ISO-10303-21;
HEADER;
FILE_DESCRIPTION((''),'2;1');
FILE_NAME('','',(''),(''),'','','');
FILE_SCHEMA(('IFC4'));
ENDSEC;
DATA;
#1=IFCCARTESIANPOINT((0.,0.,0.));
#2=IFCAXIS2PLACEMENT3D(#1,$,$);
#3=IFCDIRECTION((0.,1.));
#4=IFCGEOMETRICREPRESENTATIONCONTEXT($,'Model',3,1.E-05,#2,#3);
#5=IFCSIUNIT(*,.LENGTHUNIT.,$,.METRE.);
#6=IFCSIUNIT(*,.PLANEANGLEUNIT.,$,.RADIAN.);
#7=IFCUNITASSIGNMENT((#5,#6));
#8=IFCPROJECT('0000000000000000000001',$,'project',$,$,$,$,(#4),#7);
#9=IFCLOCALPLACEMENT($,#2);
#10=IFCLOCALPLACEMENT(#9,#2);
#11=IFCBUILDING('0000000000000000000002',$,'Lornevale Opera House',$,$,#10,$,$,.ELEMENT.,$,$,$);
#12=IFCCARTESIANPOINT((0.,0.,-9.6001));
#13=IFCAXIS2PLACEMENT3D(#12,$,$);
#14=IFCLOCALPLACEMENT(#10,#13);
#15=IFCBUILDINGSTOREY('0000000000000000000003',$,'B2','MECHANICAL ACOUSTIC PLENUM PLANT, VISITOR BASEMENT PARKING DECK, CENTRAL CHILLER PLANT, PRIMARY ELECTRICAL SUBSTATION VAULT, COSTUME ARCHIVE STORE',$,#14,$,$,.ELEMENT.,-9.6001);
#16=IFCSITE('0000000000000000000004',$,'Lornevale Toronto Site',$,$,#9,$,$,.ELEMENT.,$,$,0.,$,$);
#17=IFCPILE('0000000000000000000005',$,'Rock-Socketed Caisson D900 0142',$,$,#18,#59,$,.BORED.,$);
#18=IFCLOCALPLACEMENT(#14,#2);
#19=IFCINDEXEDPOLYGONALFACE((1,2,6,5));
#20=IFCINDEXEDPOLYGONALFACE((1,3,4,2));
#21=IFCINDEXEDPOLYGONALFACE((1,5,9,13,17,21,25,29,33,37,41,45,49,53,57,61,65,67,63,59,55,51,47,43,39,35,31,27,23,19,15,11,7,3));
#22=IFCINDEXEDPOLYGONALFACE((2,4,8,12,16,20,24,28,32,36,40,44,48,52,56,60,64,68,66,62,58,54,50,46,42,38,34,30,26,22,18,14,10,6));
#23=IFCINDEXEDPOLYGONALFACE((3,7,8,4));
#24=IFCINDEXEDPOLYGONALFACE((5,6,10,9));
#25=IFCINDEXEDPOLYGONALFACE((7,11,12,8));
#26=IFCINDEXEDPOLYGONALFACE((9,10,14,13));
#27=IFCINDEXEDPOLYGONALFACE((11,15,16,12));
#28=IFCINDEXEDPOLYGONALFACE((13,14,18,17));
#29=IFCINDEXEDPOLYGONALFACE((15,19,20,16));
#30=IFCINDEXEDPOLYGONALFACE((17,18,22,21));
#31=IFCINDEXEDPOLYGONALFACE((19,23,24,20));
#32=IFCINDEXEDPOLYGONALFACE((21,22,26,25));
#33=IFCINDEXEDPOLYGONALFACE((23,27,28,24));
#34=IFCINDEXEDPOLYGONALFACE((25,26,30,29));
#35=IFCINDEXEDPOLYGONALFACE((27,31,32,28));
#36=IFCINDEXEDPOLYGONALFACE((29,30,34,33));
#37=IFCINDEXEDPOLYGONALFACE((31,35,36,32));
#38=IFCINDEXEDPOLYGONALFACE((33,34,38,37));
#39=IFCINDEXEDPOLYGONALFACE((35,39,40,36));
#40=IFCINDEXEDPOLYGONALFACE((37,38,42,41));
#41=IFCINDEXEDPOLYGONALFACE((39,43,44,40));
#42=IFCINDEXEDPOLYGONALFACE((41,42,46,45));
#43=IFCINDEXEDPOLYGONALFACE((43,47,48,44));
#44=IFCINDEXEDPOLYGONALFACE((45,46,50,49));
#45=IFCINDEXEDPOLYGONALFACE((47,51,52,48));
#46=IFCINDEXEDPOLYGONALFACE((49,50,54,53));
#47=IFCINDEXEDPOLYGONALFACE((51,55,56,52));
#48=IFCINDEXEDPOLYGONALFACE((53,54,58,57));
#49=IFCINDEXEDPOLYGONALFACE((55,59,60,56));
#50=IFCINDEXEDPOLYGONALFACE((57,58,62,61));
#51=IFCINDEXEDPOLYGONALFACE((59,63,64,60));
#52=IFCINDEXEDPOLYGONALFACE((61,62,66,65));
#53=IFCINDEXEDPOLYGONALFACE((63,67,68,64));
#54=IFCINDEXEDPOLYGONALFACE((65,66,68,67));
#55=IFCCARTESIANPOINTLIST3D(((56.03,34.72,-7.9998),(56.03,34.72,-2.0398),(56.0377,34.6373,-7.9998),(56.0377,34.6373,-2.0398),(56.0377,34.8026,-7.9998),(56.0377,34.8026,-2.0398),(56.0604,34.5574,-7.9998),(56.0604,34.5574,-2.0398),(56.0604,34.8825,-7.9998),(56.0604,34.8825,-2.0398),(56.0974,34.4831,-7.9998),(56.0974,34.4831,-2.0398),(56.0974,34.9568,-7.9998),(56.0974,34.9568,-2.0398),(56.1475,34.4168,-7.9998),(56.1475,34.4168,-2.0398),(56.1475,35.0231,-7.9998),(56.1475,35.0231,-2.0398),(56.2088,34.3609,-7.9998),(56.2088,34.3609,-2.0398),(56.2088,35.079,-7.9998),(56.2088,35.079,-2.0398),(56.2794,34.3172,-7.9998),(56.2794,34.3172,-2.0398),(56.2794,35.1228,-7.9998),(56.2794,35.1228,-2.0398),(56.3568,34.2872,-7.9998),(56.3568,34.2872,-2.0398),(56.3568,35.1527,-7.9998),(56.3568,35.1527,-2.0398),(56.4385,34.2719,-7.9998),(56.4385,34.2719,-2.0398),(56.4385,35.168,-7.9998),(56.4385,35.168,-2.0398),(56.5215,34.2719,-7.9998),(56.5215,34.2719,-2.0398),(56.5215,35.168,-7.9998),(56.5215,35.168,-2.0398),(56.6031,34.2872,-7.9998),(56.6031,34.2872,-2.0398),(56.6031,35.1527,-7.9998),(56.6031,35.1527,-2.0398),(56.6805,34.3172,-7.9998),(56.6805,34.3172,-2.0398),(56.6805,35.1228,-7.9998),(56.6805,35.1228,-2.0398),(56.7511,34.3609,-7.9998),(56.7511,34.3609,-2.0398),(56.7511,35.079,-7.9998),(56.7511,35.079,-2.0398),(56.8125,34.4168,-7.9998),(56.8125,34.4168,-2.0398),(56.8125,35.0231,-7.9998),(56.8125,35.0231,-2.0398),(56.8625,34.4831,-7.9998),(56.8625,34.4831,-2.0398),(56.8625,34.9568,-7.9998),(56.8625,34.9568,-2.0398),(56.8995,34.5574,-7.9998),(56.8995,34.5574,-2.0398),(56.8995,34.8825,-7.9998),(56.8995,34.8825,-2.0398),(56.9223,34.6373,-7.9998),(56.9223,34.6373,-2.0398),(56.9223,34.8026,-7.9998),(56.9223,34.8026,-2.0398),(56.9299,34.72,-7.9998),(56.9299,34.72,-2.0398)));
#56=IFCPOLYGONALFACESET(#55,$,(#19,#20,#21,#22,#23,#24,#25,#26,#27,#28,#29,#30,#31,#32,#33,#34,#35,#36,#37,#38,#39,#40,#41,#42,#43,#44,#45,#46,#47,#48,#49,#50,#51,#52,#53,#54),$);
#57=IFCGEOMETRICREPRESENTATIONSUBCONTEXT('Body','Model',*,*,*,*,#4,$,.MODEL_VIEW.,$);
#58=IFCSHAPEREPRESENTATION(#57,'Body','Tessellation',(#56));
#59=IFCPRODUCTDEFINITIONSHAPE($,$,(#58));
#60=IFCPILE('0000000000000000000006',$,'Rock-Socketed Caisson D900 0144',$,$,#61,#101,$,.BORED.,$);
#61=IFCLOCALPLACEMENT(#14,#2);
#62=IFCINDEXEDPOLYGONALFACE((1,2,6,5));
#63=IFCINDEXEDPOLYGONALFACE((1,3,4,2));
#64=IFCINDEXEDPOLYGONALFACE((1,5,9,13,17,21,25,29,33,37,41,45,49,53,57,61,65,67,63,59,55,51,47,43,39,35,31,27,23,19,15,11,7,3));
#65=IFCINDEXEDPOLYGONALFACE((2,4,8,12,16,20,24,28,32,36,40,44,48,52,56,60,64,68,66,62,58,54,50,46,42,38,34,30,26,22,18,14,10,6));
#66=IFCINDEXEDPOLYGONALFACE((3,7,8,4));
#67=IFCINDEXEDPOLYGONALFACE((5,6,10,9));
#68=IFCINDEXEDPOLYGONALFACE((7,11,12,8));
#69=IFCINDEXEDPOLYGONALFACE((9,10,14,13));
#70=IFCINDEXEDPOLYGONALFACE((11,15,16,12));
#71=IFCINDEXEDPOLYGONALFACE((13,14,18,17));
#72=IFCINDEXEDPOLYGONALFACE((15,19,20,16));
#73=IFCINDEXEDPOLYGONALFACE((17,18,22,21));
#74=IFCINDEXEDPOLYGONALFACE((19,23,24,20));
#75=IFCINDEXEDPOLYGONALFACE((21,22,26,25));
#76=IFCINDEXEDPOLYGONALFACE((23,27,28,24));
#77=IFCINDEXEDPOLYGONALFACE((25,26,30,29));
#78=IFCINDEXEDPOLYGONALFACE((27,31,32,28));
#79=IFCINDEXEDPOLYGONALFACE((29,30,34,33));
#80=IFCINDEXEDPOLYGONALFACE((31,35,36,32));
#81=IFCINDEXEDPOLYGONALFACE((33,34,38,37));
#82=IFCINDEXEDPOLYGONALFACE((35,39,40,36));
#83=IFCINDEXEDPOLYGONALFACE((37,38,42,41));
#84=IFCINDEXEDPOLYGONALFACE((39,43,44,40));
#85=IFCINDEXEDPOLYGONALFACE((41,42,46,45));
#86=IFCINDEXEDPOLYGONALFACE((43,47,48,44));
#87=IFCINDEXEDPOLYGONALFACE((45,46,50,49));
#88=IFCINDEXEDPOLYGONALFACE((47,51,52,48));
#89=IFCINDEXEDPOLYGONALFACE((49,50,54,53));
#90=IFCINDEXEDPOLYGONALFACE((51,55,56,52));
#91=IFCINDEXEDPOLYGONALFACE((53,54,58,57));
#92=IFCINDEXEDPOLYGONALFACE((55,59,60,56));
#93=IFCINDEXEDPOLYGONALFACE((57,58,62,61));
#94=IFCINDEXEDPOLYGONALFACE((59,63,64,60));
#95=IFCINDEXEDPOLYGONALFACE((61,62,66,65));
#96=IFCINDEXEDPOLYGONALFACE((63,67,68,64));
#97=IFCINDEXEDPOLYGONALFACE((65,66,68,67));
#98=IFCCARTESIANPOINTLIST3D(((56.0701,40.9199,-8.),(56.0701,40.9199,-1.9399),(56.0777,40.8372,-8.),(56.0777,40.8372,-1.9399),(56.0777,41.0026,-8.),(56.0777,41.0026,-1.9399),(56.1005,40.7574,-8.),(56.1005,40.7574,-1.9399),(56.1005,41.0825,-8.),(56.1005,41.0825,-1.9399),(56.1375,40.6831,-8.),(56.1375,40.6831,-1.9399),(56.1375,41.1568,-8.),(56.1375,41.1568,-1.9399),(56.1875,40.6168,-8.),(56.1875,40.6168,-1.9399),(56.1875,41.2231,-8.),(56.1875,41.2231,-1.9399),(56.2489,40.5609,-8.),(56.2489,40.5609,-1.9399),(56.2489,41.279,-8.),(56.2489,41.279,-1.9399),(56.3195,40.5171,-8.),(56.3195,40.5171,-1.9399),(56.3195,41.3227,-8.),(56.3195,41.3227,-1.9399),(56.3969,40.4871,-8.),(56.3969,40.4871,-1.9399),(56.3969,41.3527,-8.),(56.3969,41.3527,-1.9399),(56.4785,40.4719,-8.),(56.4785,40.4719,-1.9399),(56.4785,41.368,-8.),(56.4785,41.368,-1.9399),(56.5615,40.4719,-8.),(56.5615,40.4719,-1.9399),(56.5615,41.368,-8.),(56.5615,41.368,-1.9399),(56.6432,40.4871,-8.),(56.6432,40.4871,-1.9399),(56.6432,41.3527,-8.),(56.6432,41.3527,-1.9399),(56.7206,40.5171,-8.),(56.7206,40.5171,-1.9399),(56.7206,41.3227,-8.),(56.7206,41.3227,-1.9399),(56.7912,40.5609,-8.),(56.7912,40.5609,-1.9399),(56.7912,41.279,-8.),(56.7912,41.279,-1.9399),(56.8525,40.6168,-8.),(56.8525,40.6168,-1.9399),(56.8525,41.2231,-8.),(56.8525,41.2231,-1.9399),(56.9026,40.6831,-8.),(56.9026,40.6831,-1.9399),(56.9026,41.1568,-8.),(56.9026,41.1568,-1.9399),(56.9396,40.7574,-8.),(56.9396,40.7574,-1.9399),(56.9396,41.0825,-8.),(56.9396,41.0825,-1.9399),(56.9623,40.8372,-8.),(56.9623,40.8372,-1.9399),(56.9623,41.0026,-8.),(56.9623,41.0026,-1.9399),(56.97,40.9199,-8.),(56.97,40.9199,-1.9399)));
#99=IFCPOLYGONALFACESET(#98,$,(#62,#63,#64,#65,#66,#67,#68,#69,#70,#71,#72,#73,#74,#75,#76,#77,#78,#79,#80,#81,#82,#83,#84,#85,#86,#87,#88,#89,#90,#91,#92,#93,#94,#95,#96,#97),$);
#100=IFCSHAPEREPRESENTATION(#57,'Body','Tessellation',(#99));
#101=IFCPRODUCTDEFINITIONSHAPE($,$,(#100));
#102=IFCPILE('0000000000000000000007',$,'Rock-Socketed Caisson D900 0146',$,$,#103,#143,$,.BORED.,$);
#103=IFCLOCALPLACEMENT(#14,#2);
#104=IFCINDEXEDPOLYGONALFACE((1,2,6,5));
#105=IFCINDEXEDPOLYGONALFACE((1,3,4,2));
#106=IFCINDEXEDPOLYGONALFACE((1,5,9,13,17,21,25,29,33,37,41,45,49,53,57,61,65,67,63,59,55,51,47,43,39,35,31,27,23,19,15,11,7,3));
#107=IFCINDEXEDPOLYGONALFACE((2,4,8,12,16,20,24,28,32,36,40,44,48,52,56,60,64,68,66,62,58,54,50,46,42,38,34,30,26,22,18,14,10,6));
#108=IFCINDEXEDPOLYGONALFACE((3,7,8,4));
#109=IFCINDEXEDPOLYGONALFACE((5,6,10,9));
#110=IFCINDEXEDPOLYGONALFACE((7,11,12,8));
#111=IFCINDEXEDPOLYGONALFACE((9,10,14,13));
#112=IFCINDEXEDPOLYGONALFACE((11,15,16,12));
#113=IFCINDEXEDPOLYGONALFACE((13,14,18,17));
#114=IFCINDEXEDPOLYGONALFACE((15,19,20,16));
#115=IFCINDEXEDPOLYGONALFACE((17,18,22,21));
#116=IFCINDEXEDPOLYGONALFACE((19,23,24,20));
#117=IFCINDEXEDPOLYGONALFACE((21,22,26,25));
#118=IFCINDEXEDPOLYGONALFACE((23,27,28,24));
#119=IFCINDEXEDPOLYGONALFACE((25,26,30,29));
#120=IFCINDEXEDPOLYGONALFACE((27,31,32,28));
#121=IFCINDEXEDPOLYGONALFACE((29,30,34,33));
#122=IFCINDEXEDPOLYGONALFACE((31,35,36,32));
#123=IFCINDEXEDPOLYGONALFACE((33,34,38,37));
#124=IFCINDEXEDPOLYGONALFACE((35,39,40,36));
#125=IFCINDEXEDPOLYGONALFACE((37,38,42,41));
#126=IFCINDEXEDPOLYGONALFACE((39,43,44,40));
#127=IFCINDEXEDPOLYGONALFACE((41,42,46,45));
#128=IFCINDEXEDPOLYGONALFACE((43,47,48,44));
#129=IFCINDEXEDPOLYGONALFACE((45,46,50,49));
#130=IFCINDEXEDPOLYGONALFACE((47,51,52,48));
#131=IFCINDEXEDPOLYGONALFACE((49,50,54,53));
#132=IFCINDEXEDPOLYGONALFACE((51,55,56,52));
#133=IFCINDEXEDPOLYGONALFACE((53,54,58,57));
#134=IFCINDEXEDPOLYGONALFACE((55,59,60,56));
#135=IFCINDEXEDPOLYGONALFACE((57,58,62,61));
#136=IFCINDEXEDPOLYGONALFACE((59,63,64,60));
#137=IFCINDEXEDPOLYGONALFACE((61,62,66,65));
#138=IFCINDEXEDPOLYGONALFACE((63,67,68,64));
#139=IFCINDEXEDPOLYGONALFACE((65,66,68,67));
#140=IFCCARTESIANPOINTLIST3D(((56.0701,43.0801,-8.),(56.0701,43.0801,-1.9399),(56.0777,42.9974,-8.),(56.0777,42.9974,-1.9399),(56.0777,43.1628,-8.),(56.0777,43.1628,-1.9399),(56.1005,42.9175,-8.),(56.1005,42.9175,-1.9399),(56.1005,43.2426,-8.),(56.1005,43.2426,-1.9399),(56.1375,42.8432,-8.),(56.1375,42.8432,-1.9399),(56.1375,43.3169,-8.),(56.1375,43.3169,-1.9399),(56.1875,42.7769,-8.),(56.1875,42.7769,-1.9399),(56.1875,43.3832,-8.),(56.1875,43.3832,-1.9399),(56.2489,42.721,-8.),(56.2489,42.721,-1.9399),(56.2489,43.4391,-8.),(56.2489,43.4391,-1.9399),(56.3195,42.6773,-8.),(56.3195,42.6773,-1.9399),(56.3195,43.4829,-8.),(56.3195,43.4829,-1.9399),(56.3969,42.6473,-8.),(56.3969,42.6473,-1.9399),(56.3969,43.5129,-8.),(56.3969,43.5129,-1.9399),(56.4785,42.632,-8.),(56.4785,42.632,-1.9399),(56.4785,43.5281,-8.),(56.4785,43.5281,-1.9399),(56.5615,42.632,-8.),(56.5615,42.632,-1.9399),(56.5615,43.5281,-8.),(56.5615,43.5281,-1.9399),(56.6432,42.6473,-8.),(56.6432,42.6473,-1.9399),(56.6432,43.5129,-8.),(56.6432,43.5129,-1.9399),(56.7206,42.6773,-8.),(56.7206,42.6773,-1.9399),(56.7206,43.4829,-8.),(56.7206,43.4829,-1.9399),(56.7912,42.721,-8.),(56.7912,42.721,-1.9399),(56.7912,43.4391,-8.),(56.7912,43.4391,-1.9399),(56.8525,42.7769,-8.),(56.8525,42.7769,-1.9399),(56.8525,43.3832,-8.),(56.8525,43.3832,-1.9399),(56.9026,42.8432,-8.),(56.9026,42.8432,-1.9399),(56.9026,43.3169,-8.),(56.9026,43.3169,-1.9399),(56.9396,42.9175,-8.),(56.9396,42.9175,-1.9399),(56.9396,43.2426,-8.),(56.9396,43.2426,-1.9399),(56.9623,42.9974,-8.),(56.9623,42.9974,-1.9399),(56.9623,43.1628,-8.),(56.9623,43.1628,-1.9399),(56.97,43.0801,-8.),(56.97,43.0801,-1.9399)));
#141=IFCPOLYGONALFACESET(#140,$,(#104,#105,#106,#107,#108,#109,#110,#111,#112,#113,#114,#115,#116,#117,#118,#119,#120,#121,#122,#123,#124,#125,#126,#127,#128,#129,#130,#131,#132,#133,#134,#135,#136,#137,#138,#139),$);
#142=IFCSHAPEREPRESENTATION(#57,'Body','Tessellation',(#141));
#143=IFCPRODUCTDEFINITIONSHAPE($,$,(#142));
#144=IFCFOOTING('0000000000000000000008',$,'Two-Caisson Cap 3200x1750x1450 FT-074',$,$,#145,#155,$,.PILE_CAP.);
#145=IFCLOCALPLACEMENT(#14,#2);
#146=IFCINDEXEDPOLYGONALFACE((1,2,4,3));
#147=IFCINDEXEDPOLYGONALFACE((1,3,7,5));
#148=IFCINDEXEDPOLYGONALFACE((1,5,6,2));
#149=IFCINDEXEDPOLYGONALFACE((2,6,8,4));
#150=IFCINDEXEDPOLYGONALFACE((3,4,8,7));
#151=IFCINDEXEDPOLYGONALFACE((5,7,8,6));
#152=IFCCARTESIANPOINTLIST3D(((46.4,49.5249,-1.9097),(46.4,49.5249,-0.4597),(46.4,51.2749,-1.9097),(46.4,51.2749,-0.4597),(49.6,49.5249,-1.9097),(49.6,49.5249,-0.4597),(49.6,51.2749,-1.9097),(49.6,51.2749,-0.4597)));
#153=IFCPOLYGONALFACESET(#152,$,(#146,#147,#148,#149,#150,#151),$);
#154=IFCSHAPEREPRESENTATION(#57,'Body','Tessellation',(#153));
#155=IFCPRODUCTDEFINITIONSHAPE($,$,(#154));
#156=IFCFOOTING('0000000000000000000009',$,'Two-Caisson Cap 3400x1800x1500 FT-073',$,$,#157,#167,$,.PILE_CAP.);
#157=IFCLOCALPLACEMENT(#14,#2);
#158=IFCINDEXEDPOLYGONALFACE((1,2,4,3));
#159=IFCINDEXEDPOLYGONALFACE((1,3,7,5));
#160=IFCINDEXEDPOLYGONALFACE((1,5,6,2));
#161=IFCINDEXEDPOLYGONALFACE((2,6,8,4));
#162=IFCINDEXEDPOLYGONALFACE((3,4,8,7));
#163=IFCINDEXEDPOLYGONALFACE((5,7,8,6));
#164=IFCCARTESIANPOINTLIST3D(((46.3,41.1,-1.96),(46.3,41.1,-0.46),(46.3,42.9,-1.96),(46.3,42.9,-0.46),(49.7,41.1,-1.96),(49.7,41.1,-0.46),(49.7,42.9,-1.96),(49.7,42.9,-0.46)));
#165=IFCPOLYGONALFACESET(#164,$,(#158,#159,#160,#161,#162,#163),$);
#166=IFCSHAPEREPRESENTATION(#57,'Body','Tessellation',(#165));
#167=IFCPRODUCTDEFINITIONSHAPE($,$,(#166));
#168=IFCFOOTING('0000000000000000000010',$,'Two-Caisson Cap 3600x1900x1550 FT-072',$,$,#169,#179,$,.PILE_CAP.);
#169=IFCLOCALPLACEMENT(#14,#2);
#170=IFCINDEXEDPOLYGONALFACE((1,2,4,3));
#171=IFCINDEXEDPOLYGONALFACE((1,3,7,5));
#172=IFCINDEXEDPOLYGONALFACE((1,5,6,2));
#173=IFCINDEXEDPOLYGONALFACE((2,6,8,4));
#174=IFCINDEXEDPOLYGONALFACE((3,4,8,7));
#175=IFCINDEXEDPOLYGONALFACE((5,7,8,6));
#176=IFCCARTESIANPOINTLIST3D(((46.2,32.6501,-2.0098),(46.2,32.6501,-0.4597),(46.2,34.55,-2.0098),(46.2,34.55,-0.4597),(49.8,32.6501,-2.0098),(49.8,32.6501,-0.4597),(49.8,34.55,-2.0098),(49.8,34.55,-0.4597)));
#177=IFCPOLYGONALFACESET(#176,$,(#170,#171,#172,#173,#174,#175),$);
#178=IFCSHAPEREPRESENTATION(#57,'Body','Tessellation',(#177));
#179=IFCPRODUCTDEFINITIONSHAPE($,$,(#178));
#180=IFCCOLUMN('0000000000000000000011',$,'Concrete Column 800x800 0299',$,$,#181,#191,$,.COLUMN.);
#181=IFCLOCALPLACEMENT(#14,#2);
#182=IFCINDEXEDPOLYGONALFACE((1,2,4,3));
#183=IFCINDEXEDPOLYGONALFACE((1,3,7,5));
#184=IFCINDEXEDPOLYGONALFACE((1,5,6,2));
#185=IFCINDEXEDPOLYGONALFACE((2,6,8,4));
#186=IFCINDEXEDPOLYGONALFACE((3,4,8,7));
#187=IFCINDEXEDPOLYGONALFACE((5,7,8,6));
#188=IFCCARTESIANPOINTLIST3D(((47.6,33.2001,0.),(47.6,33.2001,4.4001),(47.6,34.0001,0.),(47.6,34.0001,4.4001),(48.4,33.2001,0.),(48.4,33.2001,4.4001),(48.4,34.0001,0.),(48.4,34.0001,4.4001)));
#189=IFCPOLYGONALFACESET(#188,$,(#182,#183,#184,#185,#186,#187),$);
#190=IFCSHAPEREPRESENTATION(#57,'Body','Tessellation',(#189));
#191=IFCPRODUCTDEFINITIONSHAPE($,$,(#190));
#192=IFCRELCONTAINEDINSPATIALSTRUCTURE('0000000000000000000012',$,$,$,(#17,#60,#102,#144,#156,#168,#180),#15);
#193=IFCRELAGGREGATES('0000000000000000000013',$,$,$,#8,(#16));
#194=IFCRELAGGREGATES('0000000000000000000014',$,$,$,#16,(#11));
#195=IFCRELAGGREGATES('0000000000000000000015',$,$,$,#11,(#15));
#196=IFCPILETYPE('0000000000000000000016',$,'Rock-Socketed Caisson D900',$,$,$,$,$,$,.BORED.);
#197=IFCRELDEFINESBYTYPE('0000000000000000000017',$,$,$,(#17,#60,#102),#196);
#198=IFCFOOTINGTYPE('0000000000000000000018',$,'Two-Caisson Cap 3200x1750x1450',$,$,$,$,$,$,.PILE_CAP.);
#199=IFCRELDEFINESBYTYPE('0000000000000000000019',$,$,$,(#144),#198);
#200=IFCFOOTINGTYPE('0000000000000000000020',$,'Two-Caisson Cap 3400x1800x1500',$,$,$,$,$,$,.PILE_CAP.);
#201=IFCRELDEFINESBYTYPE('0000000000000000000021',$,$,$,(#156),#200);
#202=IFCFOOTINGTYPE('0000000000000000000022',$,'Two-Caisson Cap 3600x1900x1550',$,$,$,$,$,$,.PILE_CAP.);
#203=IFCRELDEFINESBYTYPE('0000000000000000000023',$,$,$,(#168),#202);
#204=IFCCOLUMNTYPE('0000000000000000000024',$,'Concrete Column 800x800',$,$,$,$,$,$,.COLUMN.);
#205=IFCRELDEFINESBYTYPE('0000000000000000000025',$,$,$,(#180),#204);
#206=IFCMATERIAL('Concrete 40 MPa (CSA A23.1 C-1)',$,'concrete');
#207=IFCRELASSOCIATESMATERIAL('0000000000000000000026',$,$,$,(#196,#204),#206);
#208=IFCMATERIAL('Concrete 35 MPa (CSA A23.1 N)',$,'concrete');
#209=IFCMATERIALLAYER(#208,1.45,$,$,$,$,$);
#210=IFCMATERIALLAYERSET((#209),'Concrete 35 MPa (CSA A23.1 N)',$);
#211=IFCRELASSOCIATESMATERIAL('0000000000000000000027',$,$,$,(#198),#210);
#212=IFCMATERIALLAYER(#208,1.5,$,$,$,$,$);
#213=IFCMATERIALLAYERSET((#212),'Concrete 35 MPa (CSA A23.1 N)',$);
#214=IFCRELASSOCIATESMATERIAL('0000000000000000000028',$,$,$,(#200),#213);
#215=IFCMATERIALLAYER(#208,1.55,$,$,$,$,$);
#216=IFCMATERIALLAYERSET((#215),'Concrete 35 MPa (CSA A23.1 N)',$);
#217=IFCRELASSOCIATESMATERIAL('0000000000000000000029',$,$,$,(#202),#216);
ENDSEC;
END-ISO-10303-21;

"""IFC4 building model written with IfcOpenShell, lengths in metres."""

from ifc_helpers import new_model, si_unit, direction, frame, origin, origin_2d, place, context, subcontext, project, spatial, rectangle, circle, extrude, material, layer, layer_set, material_profile, profile_set, type_object, element, save


model = new_model("IFC4")

# Units and contexts
model_context = context("Model", 3, precision=1e-05, world=origin(), true_north=direction((0.0, 1.0)))
body_context = subcontext(model_context, "Body", "Model", "MODEL_VIEW")
ifc_project = project(units=[si_unit("LENGTHUNIT", "METRE"), si_unit("PLANEANGLEUNIT", "RADIAN")], contexts=[model_context])

# Site, building, storey
site_placement = place(None, origin())
site = spatial("IfcSite", under=ifc_project, at=site_placement, Name="Lornevale Toronto Site", CompositionType="ELEMENT", RefElevation=0.0)
building_placement = place(site_placement, origin())
building = spatial("IfcBuilding", under=site, at=building_placement, Name="Lornevale Opera House", CompositionType="ELEMENT")
storey_placement = place(building_placement, frame((0.0, 0.0, -9.6001)))
storey = spatial("IfcBuildingStorey", under=building, at=storey_placement, Name="B2", Description="MECHANICAL ACOUSTIC PLENUM PLANT, VISITOR BASEMENT PARKING DECK, CENTRAL CHILLER PLANT, PRIMARY ELECTRICAL SUBSTATION VAULT, COSTUME ARCHIVE STORE", CompositionType="ELEMENT", Elevation=-9.6001)

# Shared definitions
ifc_material_1 = material(Name="Concrete 35 MPa (CSA A23.1 N)", Category="concrete")

# Piles
ifc_material_2 = material(Name="Concrete 40 MPa (CSA A23.1 C-1)", Category="concrete")
ifc_material_profile_1 = material_profile(ifc_material_2, circle(Radius=0.45, at=origin_2d()), Name="CAIS900")
ifc_profile_set_1 = profile_set([ifc_material_profile_1], Name="Concrete 40 MPa (CSA A23.1 C-1)")
pile_type_1 = type_object("IfcPileType", Name="Rock-Socketed Caisson D900", PredefinedType="BORED", material=ifc_profile_set_1)
for number, where, z_axis, x_axis, name in (
    (1, (56.48, 34.72, -2.0398), (0.0, 0.0, -1.0), (1.0, 0.0, 0.0), "Rock-Socketed Caisson D900 0142"),
):
    element("IfcPile", number, at=place(storey_placement, frame(where, z_axis=z_axis, x_axis=x_axis)), inside=storey, type_object=pile_type_1, Name=name, PredefinedType="BORED", context=body_context, shape_type="SweptSolid", body=[
        extrude(circle(Radius=0.45, at=origin_2d()), origin(), (0.0, 0.0, 1.0), 5.96),
    ])
for number, where, z_axis, x_axis, name in (
    (2, (56.52, 40.9199, -1.9399), (0.0, 0.0, -1.0), (1.0, 0.0, 0.0), "Rock-Socketed Caisson D900 0144"),
    (3, (56.52, 43.0801, -1.9399), (0.0, 0.0, -1.0), (1.0, 0.0, 0.0), "Rock-Socketed Caisson D900 0146"),
):
    element("IfcPile", number, at=place(storey_placement, frame(where, z_axis=z_axis, x_axis=x_axis)), inside=storey, type_object=pile_type_1, Name=name, PredefinedType="BORED", context=body_context, shape_type="SweptSolid", body=[
        extrude(circle(Radius=0.45, at=origin_2d()), origin(), (0.0, 0.0, 1.0), 6.0601),
    ])

# Footings
ifc_layer_1 = layer(ifc_material_1, 1.45)
ifc_layer_set_1 = layer_set([ifc_layer_1], Name="Concrete 35 MPa (CSA A23.1 N)")
footing_type_1 = type_object("IfcFootingType", Name="Two-Caisson Cap 3200x1750x1450", PredefinedType="PILE_CAP", material=ifc_layer_set_1)
footing_1_placement = place(storey_placement, frame((48.0, 50.3999, -1.9097), z_axis=(0.0, 0.0, 1.0), x_axis=(1.0, 0.0, 0.0)))
element("IfcFooting", 4, at=footing_1_placement, inside=storey, type_object=footing_type_1, Name="Two-Caisson Cap 3200x1750x1450 FT-074", PredefinedType="PILE_CAP", context=body_context, shape_type="SweptSolid", body=[
    extrude(rectangle(XDim=3.2, YDim=1.75, at=origin_2d()), origin(), (0.0, 0.0, 1.0), 1.45),
])
ifc_layer_2 = layer(ifc_material_1, 1.5)
ifc_layer_set_2 = layer_set([ifc_layer_2], Name="Concrete 35 MPa (CSA A23.1 N)")
footing_type_2 = type_object("IfcFootingType", Name="Two-Caisson Cap 3400x1800x1500", PredefinedType="PILE_CAP", material=ifc_layer_set_2)
footing_2_placement = place(storey_placement, frame((48.0, 42.0, -1.96), z_axis=(0.0, 0.0, 1.0), x_axis=(1.0, 0.0, 0.0)))
element("IfcFooting", 5, at=footing_2_placement, inside=storey, type_object=footing_type_2, Name="Two-Caisson Cap 3400x1800x1500 FT-073", PredefinedType="PILE_CAP", context=body_context, shape_type="SweptSolid", body=[
    extrude(rectangle(XDim=3.3999, YDim=1.8, at=origin_2d()), origin(), (0.0, 0.0, 1.0), 1.5),
])
ifc_layer_3 = layer(ifc_material_1, 1.55)
ifc_layer_set_3 = layer_set([ifc_layer_3], Name="Concrete 35 MPa (CSA A23.1 N)")
footing_type_3 = type_object("IfcFootingType", Name="Two-Caisson Cap 3600x1900x1550", PredefinedType="PILE_CAP", material=ifc_layer_set_3)
footing_3_placement = place(storey_placement, frame((48.0, 33.6001, -2.0098), z_axis=(0.0, 0.0, 1.0), x_axis=(1.0, 0.0, 0.0)))
element("IfcFooting", 6, at=footing_3_placement, inside=storey, type_object=footing_type_3, Name="Two-Caisson Cap 3600x1900x1550 FT-072", PredefinedType="PILE_CAP", context=body_context, shape_type="SweptSolid", body=[
    extrude(rectangle(XDim=3.6001, YDim=1.8999, at=origin_2d()), origin(), (0.0, 0.0, 1.0), 1.55),
])

# Column
ifc_material_profile_2 = material_profile(ifc_material_2, rectangle(XDim=0.8, YDim=0.8, at=origin_2d()), Name="RC800x800")
ifc_profile_set_2 = profile_set([ifc_material_profile_2], Name="Concrete 40 MPa (CSA A23.1 C-1)")
column_type = type_object("IfcColumnType", Name="Concrete Column 800x800", PredefinedType="COLUMN", material=ifc_profile_set_2)
for number, where, z_axis, x_axis, name in (
    (7, (48.0, 33.6001, 0.0), (0.0, 0.0, 1.0), (1.0, 0.0, 0.0), "Concrete Column 800x800 0299"),
):
    element("IfcColumn", number, at=place(storey_placement, frame(where, z_axis=z_axis, x_axis=x_axis)), inside=storey, type_object=column_type, Name=name, PredefinedType="COLUMN", context=body_context, shape_type="SweptSolid", body=[
        extrude(rectangle(XDim=0.8, YDim=0.8, at=origin_2d()), origin(), (0.0, 0.0, 1.0), 4.4001),
    ])

save(model, "model.ifc")
